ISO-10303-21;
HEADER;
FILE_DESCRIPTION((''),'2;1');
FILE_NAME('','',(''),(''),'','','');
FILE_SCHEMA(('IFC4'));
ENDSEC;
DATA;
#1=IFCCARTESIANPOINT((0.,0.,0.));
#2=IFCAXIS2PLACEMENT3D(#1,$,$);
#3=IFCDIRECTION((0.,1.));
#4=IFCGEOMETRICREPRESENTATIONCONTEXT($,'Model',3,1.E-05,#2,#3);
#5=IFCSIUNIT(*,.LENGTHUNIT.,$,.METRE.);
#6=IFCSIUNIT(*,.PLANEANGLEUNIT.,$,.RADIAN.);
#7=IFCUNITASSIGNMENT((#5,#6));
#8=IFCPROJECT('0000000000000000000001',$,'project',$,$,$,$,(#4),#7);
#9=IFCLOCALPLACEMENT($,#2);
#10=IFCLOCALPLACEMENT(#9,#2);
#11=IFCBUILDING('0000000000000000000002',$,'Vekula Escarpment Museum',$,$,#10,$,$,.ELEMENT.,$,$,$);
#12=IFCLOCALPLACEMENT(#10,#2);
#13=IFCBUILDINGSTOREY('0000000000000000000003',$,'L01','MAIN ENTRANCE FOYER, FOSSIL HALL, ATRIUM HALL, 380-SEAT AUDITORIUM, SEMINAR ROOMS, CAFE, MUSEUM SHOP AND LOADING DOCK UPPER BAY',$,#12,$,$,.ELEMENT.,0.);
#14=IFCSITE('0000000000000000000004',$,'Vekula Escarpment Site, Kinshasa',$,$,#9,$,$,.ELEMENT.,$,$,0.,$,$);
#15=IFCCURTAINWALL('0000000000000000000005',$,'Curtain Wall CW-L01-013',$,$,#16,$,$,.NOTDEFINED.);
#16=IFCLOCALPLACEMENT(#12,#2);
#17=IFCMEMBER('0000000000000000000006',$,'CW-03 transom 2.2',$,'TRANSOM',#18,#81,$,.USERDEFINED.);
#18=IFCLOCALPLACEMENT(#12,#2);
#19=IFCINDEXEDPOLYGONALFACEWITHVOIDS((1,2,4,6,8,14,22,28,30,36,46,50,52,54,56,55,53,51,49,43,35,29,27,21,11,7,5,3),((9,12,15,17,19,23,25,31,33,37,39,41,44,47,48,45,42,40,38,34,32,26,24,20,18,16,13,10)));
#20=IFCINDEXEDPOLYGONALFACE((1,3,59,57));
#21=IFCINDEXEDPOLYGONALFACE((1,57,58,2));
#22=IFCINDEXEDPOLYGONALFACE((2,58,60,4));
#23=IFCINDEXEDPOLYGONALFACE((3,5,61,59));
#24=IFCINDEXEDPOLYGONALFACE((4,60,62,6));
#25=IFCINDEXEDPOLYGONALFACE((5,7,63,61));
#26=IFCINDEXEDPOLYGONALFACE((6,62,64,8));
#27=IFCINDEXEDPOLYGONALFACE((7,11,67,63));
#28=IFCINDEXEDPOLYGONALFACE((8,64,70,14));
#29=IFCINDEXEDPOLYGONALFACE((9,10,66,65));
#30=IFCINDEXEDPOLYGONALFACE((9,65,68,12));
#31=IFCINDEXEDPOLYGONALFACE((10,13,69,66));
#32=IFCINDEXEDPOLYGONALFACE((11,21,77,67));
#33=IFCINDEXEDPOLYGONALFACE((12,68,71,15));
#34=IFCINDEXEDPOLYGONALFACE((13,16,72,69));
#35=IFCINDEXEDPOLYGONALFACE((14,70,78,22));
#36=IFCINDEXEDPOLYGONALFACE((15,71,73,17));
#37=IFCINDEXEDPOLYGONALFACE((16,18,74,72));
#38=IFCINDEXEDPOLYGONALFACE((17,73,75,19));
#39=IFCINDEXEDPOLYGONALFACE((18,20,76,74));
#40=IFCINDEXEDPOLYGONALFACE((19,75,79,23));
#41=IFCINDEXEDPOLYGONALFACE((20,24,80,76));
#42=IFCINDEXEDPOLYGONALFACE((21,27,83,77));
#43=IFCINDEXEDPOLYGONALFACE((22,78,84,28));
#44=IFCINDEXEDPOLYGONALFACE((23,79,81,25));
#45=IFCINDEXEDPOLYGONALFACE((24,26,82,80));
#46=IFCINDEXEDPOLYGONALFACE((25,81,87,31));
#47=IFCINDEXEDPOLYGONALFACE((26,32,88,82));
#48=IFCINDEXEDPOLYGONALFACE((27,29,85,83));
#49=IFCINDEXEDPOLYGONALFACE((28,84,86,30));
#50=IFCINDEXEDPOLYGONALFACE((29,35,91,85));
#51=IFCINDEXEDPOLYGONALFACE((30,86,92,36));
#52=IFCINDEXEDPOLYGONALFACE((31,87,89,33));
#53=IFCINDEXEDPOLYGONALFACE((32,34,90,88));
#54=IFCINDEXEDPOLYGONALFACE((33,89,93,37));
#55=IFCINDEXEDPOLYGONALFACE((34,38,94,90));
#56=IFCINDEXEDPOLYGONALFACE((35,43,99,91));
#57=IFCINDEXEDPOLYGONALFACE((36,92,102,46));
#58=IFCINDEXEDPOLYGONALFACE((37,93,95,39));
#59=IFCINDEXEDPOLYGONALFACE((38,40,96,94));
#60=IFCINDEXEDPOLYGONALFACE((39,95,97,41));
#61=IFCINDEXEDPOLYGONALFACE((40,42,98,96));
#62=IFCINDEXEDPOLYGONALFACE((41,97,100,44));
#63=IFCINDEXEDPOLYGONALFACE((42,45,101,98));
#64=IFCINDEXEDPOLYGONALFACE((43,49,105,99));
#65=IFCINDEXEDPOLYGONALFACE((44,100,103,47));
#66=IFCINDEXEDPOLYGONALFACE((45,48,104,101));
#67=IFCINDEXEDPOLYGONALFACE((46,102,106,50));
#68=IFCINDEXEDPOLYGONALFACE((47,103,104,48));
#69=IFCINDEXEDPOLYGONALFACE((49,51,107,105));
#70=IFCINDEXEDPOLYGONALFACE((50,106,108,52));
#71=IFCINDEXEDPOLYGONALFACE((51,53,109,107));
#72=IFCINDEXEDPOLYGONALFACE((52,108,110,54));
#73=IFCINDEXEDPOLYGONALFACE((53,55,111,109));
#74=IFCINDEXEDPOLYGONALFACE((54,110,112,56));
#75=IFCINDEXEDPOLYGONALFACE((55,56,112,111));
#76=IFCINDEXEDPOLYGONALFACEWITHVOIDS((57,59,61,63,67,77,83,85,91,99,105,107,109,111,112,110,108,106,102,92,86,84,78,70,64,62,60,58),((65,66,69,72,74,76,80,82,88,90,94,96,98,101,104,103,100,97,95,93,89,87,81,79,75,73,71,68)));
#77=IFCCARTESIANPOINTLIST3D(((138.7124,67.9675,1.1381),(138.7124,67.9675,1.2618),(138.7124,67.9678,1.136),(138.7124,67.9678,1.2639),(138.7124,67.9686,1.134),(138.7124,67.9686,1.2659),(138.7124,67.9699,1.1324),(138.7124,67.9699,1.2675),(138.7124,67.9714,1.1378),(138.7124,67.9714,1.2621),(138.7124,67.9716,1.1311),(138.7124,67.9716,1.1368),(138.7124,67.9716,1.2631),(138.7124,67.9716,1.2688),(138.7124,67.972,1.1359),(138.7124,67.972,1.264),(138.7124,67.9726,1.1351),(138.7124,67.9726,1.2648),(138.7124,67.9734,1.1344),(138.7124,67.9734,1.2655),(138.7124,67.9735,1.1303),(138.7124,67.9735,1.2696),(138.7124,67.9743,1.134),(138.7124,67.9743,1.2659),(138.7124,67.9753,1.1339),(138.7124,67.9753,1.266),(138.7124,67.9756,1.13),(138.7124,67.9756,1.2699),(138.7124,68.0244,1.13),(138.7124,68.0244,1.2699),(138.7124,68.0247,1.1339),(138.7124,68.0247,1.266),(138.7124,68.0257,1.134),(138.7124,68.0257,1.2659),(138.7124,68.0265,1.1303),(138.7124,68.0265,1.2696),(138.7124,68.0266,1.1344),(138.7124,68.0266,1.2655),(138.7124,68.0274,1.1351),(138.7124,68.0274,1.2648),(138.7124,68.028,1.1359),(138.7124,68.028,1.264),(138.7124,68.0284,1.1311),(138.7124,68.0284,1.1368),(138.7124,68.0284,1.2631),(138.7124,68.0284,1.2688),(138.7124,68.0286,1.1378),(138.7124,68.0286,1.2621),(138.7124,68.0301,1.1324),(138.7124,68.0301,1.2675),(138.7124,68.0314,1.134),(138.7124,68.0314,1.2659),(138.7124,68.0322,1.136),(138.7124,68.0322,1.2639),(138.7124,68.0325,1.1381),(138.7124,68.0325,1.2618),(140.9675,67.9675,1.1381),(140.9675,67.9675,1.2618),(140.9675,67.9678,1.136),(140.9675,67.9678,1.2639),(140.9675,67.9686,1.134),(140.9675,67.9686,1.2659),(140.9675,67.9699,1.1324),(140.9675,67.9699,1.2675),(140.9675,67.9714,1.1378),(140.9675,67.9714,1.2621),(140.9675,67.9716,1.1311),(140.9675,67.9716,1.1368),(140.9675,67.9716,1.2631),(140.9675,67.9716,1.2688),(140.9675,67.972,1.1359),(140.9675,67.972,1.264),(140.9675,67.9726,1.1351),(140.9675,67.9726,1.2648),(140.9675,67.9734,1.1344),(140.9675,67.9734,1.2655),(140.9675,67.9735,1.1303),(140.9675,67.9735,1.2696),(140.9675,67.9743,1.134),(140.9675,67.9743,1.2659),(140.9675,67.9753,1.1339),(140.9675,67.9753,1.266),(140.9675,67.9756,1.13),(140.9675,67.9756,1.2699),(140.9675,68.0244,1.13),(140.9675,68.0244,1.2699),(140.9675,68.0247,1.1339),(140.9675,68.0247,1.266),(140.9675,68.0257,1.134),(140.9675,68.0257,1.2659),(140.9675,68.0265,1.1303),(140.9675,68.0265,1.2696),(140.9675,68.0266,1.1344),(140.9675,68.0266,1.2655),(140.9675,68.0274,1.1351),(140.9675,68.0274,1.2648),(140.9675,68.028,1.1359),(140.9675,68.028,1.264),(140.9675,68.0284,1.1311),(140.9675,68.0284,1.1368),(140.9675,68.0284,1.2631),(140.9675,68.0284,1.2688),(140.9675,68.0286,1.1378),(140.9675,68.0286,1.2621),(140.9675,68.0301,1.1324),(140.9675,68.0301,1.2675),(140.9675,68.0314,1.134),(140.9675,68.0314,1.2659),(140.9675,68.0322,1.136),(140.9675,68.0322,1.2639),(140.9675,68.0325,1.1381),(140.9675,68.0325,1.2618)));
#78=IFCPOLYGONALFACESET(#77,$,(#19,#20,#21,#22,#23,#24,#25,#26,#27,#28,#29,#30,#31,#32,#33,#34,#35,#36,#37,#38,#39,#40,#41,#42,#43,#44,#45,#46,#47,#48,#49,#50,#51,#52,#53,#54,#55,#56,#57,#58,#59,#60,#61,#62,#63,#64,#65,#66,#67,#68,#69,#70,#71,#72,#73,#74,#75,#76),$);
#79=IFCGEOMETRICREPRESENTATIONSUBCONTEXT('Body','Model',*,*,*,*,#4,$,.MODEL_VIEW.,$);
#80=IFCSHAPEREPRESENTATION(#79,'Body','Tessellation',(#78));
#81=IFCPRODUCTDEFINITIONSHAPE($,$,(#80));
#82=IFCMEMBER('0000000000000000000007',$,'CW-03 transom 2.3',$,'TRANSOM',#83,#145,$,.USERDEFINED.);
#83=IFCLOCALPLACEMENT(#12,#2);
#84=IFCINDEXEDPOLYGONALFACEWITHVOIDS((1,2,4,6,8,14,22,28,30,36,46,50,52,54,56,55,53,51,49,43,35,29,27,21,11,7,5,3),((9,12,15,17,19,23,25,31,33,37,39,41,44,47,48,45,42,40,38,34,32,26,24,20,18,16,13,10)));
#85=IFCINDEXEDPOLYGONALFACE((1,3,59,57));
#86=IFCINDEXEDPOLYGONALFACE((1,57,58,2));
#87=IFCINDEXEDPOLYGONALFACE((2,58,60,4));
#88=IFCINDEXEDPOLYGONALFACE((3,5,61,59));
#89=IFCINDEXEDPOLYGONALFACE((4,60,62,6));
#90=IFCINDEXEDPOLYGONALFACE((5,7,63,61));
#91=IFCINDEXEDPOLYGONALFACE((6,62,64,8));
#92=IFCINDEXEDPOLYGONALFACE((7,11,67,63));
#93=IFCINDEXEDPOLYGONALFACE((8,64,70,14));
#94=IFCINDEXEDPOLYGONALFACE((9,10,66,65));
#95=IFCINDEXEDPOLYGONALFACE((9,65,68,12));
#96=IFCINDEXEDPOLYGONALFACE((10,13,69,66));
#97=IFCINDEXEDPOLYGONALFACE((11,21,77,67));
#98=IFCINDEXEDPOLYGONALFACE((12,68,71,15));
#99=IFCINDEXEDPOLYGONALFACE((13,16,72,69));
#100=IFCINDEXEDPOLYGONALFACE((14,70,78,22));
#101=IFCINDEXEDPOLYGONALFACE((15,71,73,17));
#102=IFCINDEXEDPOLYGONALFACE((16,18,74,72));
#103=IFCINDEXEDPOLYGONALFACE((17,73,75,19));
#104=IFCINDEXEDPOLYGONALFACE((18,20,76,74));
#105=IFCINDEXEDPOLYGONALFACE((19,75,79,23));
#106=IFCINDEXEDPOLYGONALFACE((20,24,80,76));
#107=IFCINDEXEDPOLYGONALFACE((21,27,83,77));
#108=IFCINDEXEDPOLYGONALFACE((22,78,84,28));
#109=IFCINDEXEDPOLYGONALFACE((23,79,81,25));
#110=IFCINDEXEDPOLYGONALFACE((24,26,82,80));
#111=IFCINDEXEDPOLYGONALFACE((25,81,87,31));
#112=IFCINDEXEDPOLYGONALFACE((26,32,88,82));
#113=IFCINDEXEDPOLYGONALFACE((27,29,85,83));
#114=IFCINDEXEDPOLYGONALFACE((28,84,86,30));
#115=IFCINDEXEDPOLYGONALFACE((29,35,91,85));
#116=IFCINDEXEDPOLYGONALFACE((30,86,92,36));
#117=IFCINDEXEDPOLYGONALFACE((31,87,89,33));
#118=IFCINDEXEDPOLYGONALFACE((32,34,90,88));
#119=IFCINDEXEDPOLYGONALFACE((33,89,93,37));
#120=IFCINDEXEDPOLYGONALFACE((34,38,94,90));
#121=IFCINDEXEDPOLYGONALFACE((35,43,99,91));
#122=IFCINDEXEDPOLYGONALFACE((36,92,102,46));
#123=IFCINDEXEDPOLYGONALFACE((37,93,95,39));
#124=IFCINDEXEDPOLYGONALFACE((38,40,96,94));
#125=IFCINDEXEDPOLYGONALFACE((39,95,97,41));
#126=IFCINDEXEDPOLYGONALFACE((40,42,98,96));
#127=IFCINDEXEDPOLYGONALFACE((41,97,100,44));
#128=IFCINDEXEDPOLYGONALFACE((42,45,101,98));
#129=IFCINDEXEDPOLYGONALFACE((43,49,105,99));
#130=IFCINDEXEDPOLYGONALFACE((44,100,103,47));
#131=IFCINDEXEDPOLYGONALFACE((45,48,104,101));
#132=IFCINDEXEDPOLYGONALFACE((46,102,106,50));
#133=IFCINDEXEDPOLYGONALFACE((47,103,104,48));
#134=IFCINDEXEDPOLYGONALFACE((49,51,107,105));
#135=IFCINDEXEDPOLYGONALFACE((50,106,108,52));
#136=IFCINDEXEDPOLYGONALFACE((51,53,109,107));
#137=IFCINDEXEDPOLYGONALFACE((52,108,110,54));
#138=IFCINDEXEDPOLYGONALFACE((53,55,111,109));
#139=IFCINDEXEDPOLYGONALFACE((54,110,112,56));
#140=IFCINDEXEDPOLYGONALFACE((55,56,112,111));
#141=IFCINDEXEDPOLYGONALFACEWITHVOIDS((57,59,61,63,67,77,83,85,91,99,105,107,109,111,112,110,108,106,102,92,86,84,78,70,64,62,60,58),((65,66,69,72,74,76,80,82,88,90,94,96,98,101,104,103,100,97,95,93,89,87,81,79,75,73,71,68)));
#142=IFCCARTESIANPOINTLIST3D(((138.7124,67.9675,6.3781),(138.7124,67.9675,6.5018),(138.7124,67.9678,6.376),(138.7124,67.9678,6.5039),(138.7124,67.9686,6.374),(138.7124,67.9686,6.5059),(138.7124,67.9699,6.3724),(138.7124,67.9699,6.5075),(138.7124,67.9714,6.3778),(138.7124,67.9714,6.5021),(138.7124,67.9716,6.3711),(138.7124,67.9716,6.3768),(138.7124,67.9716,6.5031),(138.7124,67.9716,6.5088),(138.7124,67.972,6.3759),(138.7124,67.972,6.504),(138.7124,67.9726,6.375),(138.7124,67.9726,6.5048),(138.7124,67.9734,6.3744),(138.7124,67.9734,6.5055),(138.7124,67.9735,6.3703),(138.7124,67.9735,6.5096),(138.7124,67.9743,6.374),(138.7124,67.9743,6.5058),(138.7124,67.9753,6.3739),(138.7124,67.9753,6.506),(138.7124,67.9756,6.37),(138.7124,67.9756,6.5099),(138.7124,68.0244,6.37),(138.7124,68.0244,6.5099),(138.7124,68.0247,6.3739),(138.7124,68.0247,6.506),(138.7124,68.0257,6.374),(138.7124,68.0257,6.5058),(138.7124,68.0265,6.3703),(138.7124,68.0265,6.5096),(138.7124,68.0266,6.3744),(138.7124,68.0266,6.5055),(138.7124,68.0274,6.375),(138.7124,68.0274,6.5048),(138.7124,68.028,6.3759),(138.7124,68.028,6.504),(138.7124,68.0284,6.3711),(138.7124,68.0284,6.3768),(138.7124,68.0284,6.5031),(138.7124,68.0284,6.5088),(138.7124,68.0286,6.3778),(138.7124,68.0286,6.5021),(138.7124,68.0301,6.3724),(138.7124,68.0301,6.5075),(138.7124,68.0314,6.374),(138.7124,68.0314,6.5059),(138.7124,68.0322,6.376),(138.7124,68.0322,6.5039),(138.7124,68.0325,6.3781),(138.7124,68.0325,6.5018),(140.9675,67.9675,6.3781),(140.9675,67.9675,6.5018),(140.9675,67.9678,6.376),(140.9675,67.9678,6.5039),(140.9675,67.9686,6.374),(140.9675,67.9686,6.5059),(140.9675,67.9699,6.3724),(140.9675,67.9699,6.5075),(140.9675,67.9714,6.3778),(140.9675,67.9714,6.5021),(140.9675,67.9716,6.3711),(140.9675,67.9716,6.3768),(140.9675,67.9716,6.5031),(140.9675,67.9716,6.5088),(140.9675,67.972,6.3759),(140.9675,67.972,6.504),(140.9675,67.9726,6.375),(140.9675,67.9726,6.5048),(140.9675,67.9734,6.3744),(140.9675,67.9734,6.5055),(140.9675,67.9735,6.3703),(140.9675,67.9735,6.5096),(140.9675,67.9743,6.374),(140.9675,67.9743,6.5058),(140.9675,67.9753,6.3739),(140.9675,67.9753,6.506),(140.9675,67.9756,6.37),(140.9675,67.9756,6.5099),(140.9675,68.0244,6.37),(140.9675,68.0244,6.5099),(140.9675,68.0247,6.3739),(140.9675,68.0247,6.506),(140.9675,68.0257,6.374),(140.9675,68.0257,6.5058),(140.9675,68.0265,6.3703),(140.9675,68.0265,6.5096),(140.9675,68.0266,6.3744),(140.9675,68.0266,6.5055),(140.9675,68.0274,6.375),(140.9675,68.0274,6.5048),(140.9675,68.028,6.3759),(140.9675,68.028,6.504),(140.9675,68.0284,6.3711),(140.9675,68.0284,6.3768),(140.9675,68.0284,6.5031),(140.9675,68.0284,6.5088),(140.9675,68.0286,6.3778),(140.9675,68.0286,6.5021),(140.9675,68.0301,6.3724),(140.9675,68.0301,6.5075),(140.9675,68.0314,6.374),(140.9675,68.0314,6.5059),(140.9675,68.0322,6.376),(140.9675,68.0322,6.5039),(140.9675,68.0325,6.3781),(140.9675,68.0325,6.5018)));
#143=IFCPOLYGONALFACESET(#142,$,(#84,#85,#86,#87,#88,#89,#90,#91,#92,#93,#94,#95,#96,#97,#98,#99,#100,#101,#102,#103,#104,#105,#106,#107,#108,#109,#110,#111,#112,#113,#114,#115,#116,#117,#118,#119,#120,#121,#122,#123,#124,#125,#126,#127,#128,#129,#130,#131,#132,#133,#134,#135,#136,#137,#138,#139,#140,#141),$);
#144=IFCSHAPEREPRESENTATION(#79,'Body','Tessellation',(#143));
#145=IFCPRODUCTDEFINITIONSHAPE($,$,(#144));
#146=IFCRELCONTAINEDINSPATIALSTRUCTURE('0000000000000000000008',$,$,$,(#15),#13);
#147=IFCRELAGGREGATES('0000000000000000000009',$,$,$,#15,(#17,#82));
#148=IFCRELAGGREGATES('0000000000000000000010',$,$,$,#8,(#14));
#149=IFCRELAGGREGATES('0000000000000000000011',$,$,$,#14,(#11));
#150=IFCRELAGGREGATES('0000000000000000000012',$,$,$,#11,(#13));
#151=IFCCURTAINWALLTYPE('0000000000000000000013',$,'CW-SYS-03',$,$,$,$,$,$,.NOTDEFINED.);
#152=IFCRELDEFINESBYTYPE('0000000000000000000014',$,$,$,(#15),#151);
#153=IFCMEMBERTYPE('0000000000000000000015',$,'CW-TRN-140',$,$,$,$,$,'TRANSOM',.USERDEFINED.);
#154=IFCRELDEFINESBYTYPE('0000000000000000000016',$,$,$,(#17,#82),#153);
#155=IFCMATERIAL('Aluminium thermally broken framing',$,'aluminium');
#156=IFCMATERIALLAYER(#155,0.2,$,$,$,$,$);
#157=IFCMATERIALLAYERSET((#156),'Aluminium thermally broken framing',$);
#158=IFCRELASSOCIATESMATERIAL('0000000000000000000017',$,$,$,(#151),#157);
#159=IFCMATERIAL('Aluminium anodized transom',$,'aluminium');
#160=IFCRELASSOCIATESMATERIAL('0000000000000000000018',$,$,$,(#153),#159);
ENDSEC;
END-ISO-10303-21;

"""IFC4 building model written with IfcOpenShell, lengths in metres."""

from ifc_helpers import new_model, si_unit, direction, frame, origin, origin_2d, place, context, subcontext, project, spatial, hollow_rectangle, extrude, material, layer, layer_set, material_profile, profile_set, type_object, element, aggregate, save


model = new_model("IFC4")

# Units and contexts
model_context = context("Model", 3, precision=1e-05, world=origin(), true_north=direction((0.0, 1.0)))
body_context = subcontext(model_context, "Body", "Model", "MODEL_VIEW")
ifc_project = project(units=[si_unit("LENGTHUNIT", "METRE"), si_unit("PLANEANGLEUNIT", "RADIAN")], contexts=[model_context])

# Site, building, storey
site_placement = place(None, origin())
site = spatial("IfcSite", under=ifc_project, at=site_placement, Name="Vekula Escarpment Site, Kinshasa", CompositionType="ELEMENT", RefElevation=0.0)
building_placement = place(site_placement, origin())
building = spatial("IfcBuilding", under=site, at=building_placement, Name="Vekula Escarpment Museum", CompositionType="ELEMENT")
storey_placement = place(building_placement, origin())
storey = spatial("IfcBuildingStorey", under=building, at=storey_placement, Name="L01", Description="MAIN ENTRANCE FOYER, FOSSIL HALL, ATRIUM HALL, 380-SEAT AUDITORIUM, SEMINAR ROOMS, CAFE, MUSEUM SHOP AND LOADING DOCK UPPER BAY", CompositionType="ELEMENT", Elevation=0.0)

# Curtain wall, members
ifc_material_1 = material(Name="Aluminium thermally broken framing", Category="aluminium")
ifc_layer_1 = layer(ifc_material_1, 0.2)
ifc_layer_set_1 = layer_set([ifc_layer_1], Name="Aluminium thermally broken framing")
curtain_wall_type = type_object("IfcCurtainWallType", Name="CW-SYS-03", PredefinedType="NOTDEFINED", material=ifc_layer_set_1)
curtain_wall_placement = place(storey_placement, origin())
curtain_wall = element("IfcCurtainWall", 1, at=curtain_wall_placement, inside=storey, type_object=curtain_wall_type, Name="Curtain Wall CW-L01-013", PredefinedType="NOTDEFINED")
ifc_material_2 = material(Name="Aluminium anodized transom", Category="aluminium")
ifc_material_profile_1 = material_profile(ifc_material_2, hollow_rectangle(XDim=0.0649, YDim=0.1399, WallThickness=0.0039, InnerFilletRadius=0.0039, OuterFilletRadius=0.0081, at=origin_2d()), Name="ALU 140x65x4")
ifc_profile_set_1 = profile_set([ifc_material_profile_1], Name="Aluminium anodized transom")
member_type_1 = type_object("IfcMemberType", Name="CW-TRN-140", ElementType="TRANSOM", PredefinedType="USERDEFINED", material=ifc_profile_set_1)
member_1_placement = place(storey_placement, frame((138.7124, 68.0, 1.2), z_axis=(1.0, 0.0, 0.0), x_axis=(0.0, 1.0, 0.0)))
member_1 = element("IfcMember", 2, at=member_1_placement, type_object=member_type_1, Name="CW-03 transom 2.2", ObjectType="TRANSOM", PredefinedType="USERDEFINED", context=body_context, shape_type="SweptSolid", body=[
    extrude(hollow_rectangle(XDim=0.0649, YDim=0.1399, WallThickness=0.0039, InnerFilletRadius=0.0039, OuterFilletRadius=0.0081, at=origin_2d()), origin(), (0.0, 0.0, 1.0), 2.2551),
])
member_2_placement = place(storey_placement, frame((138.7124, 68.0, 6.4399), z_axis=(1.0, 0.0, 0.0), x_axis=(0.0, 1.0, 0.0)))
member_2 = element("IfcMember", 3, at=member_2_placement, type_object=member_type_1, Name="CW-03 transom 2.3", ObjectType="TRANSOM", PredefinedType="USERDEFINED", context=body_context, shape_type="SweptSolid", body=[
    extrude(hollow_rectangle(XDim=0.0649, YDim=0.1399, WallThickness=0.0039, InnerFilletRadius=0.0039, OuterFilletRadius=0.0081, at=origin_2d()), origin(), (0.0, 0.0, 1.0), 2.2551),
])
aggregate(curtain_wall, [member_1, member_2])

save(model, "model.ifc")
